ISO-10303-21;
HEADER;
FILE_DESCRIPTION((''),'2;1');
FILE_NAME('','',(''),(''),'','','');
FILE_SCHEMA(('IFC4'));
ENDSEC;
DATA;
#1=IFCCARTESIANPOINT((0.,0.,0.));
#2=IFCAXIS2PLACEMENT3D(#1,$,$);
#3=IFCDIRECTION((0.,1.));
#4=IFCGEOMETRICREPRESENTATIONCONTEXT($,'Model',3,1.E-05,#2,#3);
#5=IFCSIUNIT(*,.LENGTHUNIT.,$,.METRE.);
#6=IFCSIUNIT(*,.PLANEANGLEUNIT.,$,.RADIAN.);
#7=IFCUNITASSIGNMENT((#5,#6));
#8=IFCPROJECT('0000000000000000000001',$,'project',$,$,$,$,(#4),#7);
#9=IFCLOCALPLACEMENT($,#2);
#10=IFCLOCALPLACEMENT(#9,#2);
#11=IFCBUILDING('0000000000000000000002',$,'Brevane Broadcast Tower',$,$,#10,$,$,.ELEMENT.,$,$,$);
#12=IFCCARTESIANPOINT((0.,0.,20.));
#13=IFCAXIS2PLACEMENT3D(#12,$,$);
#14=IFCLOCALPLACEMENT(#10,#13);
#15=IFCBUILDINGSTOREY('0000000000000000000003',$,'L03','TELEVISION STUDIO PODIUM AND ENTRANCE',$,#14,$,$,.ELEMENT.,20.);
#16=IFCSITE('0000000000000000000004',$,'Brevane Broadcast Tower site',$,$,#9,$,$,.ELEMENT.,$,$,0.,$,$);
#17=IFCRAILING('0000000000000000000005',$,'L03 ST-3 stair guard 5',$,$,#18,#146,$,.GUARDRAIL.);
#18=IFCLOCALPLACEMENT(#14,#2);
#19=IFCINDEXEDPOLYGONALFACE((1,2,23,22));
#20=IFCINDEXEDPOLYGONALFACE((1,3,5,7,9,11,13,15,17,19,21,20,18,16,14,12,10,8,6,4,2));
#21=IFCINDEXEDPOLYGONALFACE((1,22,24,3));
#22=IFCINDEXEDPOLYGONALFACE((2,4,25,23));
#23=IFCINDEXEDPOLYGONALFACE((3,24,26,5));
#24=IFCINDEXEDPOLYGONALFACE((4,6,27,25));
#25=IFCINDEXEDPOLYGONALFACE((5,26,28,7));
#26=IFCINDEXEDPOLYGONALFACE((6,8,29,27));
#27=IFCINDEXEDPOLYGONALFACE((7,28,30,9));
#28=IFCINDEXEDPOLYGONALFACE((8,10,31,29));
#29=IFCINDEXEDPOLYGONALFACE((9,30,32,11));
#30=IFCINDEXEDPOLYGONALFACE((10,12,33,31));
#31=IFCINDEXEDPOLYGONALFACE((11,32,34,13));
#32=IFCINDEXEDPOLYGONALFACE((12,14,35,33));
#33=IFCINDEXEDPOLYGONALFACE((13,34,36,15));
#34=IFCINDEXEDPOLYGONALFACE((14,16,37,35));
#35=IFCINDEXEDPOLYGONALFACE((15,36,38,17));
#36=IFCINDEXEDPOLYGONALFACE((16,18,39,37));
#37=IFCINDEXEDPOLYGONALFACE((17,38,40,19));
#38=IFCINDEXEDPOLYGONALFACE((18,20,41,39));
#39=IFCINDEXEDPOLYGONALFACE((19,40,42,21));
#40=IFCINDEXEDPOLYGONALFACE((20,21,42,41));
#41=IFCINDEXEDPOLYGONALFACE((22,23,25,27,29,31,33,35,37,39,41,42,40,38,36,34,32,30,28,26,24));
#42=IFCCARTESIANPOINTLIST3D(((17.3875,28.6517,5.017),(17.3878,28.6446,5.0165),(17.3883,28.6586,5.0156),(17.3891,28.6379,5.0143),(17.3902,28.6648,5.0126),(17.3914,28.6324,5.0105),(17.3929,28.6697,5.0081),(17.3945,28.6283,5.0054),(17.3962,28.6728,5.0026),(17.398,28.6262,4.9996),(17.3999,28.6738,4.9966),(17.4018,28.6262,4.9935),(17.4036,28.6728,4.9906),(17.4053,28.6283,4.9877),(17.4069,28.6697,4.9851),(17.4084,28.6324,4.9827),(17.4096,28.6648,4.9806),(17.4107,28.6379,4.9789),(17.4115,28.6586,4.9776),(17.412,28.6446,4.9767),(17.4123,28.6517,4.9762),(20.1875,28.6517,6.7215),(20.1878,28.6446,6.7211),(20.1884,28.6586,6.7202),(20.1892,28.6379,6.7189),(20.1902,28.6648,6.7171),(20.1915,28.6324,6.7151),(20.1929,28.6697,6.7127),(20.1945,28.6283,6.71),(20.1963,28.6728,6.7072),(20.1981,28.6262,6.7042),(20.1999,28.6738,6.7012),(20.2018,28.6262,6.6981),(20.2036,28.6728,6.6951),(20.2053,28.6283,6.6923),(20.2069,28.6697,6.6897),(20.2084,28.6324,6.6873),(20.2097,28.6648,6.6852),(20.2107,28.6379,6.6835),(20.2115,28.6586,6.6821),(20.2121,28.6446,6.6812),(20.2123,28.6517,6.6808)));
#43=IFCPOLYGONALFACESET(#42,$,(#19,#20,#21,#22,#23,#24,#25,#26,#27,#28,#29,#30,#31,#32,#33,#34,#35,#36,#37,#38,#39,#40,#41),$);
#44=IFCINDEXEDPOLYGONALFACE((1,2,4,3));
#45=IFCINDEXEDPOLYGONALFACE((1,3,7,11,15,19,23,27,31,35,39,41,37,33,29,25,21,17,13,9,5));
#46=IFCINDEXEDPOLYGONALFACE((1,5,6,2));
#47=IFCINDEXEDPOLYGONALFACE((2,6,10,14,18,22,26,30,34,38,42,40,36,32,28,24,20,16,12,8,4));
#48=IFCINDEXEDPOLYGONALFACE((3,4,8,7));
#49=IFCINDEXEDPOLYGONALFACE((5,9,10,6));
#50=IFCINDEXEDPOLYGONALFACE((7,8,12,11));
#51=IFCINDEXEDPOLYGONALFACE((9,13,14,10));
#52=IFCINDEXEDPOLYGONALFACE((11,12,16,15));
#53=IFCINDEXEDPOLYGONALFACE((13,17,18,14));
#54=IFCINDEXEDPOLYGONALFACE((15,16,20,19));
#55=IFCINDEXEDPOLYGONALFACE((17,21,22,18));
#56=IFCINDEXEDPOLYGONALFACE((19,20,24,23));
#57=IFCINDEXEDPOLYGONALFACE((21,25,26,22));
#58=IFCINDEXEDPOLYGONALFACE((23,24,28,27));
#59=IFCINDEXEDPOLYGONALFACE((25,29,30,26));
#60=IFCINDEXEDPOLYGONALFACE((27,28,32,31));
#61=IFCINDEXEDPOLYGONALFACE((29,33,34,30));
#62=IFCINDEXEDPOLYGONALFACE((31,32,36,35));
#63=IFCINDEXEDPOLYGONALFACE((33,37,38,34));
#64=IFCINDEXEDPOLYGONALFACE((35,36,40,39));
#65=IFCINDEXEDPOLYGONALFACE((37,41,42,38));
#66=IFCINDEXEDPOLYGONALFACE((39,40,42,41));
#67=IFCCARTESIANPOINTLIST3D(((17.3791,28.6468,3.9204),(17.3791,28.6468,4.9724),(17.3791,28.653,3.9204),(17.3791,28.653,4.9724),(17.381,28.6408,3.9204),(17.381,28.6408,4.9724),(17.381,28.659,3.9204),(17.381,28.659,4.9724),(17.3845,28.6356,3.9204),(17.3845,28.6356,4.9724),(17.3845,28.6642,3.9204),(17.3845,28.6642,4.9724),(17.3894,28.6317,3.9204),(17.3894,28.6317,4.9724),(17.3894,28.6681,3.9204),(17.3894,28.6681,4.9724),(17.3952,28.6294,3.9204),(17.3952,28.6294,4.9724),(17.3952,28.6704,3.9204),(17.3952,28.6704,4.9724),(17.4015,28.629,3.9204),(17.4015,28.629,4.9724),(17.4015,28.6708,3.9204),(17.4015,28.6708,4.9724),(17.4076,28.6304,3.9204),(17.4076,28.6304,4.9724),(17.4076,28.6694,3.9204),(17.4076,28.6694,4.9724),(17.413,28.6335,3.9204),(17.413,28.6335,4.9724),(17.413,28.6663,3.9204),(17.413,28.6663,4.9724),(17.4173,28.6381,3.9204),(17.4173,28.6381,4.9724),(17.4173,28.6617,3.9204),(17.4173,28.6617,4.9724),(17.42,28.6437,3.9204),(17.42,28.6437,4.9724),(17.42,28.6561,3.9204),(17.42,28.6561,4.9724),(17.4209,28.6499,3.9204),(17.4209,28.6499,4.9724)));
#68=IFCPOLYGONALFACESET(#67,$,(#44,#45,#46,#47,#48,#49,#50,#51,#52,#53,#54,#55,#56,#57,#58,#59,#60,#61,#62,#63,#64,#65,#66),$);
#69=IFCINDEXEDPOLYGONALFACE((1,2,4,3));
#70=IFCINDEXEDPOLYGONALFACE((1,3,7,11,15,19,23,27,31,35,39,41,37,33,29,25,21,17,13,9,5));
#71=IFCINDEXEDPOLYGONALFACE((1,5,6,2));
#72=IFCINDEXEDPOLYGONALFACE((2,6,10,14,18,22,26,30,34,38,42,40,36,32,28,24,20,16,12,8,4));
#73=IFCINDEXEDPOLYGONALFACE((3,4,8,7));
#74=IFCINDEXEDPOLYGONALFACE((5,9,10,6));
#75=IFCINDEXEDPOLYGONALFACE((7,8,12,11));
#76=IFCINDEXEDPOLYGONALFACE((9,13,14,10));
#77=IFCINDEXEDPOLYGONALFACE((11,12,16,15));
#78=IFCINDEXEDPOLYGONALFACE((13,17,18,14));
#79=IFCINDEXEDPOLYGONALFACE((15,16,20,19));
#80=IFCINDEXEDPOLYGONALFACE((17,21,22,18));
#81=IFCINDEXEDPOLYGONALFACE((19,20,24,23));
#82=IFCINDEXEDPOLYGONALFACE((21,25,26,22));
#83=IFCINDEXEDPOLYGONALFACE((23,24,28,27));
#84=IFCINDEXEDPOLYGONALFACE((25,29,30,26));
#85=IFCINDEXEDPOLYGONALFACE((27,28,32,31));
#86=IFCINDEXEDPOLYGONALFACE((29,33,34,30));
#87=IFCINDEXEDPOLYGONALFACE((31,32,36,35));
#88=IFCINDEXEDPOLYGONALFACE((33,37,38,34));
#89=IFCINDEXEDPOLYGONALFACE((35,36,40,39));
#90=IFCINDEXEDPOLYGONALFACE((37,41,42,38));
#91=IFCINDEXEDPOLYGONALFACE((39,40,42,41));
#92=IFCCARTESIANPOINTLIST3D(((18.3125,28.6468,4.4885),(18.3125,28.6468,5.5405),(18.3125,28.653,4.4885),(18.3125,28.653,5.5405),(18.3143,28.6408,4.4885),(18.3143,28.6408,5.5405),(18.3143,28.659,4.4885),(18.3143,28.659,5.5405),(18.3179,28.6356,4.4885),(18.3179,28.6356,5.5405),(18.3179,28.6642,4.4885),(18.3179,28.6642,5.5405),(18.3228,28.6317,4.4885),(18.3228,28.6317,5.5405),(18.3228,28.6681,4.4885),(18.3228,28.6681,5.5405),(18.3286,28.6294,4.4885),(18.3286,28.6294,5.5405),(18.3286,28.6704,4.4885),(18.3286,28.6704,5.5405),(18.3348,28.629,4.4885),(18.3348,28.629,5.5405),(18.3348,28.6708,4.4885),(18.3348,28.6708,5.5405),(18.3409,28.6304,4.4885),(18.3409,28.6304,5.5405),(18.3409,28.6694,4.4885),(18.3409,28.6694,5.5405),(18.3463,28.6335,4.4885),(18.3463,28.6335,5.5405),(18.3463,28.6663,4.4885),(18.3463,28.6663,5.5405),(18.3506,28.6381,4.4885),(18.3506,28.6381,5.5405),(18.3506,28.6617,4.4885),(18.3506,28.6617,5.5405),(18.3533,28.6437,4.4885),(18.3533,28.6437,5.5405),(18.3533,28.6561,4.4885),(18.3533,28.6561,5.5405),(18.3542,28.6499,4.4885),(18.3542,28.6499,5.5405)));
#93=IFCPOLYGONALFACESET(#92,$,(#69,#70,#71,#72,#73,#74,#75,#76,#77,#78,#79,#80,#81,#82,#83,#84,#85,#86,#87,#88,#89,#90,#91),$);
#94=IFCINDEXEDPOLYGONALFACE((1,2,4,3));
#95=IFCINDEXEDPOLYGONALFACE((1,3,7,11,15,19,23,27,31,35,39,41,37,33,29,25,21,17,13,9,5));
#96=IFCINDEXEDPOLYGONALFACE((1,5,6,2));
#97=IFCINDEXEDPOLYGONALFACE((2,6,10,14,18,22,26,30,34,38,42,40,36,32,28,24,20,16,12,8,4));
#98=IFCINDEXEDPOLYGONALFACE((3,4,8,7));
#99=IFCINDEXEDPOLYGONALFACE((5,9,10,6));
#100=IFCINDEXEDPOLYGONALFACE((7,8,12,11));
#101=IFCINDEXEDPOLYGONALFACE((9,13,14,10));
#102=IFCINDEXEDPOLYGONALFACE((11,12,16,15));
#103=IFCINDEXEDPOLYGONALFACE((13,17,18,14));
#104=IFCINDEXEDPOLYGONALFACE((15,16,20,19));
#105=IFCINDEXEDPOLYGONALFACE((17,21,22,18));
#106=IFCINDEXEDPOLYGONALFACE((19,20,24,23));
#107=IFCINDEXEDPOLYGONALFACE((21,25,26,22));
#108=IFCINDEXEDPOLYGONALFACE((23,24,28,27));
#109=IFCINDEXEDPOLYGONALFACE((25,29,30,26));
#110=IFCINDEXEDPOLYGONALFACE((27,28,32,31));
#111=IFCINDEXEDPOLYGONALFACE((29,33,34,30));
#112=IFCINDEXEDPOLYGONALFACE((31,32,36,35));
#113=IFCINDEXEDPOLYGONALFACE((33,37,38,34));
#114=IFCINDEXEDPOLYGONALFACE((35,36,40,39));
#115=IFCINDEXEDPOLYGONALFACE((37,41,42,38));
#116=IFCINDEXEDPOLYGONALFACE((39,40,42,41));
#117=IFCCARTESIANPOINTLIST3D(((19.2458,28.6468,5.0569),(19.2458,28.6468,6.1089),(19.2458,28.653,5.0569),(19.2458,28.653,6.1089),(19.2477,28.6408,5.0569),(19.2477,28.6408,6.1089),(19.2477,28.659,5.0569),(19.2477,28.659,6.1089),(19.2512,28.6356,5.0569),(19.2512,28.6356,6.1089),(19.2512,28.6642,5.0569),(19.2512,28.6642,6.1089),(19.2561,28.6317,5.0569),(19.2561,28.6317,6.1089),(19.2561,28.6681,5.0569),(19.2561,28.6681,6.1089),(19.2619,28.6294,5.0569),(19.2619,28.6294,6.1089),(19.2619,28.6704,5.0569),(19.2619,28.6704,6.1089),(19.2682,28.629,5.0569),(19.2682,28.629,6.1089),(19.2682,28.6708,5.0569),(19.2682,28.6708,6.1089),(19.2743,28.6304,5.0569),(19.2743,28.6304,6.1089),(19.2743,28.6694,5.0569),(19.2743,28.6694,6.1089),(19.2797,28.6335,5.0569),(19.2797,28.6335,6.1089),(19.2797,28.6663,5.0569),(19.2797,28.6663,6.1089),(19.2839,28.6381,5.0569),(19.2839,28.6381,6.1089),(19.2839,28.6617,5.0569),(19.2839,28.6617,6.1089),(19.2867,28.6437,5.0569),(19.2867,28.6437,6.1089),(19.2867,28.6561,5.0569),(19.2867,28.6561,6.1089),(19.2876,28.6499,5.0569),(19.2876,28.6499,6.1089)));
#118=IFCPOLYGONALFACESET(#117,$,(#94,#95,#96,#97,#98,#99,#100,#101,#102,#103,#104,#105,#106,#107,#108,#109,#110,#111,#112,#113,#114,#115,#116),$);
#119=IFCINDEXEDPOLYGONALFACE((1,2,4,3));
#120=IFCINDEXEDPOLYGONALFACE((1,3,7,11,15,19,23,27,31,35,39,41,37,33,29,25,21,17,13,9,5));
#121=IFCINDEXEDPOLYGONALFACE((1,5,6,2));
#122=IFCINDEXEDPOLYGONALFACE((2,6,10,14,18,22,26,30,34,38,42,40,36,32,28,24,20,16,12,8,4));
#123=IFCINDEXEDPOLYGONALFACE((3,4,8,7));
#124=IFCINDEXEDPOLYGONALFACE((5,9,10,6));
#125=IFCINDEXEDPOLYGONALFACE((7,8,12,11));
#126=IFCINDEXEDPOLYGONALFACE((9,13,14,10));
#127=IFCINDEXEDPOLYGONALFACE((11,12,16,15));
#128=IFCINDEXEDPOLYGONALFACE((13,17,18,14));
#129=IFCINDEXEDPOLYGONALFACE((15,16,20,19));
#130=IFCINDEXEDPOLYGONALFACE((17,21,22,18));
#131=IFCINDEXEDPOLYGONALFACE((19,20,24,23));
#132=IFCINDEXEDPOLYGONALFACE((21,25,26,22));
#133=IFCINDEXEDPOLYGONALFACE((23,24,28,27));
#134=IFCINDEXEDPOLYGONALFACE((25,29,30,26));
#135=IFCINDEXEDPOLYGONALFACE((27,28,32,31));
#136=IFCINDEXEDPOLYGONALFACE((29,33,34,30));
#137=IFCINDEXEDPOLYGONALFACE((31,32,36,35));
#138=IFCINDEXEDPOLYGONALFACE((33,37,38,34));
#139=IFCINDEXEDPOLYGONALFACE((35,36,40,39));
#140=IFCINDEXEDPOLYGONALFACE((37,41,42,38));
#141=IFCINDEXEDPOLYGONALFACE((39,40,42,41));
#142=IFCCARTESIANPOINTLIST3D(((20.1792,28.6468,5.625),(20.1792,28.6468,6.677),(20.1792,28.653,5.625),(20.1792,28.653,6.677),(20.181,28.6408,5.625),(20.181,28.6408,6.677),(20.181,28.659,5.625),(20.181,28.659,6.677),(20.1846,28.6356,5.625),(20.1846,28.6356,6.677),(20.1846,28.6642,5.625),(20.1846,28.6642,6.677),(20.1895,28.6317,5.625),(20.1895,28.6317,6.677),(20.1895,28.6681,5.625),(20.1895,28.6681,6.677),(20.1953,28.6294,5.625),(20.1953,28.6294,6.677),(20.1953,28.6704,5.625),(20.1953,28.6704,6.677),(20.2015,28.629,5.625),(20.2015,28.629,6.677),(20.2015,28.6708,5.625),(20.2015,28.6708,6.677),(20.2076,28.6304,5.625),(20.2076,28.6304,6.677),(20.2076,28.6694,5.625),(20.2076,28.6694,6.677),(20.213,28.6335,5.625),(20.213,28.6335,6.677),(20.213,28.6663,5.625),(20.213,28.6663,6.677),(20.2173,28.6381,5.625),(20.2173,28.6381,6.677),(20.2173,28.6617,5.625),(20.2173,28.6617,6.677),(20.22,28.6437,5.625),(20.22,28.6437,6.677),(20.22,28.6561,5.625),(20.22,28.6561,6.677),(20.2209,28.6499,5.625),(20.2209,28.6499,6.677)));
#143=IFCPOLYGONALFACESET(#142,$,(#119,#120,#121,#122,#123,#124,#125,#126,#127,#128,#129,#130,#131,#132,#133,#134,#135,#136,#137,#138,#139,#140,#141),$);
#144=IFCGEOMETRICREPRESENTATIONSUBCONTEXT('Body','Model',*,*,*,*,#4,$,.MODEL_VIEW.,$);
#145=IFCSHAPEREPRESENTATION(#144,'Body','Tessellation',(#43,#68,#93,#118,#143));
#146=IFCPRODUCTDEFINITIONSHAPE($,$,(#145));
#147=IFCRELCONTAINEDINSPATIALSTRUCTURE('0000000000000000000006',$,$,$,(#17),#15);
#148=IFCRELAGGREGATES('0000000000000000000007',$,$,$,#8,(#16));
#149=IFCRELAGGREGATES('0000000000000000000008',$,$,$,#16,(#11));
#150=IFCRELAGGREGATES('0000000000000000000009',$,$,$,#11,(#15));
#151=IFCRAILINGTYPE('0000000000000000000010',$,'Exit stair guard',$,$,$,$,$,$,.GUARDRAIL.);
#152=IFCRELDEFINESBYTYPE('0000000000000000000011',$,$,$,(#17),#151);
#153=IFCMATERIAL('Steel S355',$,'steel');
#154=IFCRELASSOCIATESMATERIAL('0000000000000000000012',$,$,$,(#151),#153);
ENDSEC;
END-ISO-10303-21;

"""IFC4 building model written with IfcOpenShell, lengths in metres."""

from ifc_helpers import new_model, si_unit, direction, frame, origin, origin_2d, place, context, subcontext, project, spatial, circle, extrude, material, type_object, element, save


model = new_model("IFC4")

# Units and contexts
model_context = context("Model", 3, precision=1e-05, world=origin(), true_north=direction((0.0, 1.0)))
body_context = subcontext(model_context, "Body", "Model", "MODEL_VIEW")
ifc_project = project(units=[si_unit("LENGTHUNIT", "METRE"), si_unit("PLANEANGLEUNIT", "RADIAN")], contexts=[model_context])

# Site, building, storey
site_placement = place(None, origin())
site = spatial("IfcSite", under=ifc_project, at=site_placement, Name="Brevane Broadcast Tower site", CompositionType="ELEMENT", RefElevation=0.0)
building_placement = place(site_placement, origin())
building = spatial("IfcBuilding", under=site, at=building_placement, Name="Brevane Broadcast Tower", CompositionType="ELEMENT")
storey_placement = place(building_placement, frame((0.0, 0.0, 20.0)))
storey = spatial("IfcBuildingStorey", under=building, at=storey_placement, Name="L03", Description="TELEVISION STUDIO PODIUM AND ENTRANCE", CompositionType="ELEMENT", Elevation=20.0)

# Railing
ifc_material_1 = material(Name="Steel S355", Category="steel")
railing_type_1 = type_object("IfcRailingType", Name="Exit stair guard", PredefinedType="GUARDRAIL", material=ifc_material_1)
railing_1_placement = place(storey_placement, frame((17.3999, 28.6499, 3.9204)))
element("IfcRailing", 1, at=railing_1_placement, inside=storey, type_object=railing_type_1, Name="L03 ST-3 stair guard 5", PredefinedType="GUARDRAIL", context=body_context, shape_type="SweptSolid", body=[
    extrude(circle(Radius=0.0239, at=origin_2d()), frame((0.0, 0.0, 1.0762), z_axis=(0.85417, 0.0, 0.519994), x_axis=(0.0, 1.0, 0.0)), (0.0, 0.0, 1.0), 3.2781),
    extrude(circle(Radius=0.021, at=origin_2d()), origin(), (0.0, 0.0, 1.0), 1.052),
    extrude(circle(Radius=0.021, at=origin_2d()), frame((0.9333, 0.0, 0.5681)), (0.0, 0.0, 1.0), 1.052),
    extrude(circle(Radius=0.021, at=origin_2d()), frame((1.8667, 0.0, 1.1365)), (0.0, 0.0, 1.0), 1.052),
    extrude(circle(Radius=0.021, at=origin_2d()), frame((2.8, 0.0, 1.7046)), (0.0, 0.0, 1.0), 1.052),
])

save(model, "model.ifc")
